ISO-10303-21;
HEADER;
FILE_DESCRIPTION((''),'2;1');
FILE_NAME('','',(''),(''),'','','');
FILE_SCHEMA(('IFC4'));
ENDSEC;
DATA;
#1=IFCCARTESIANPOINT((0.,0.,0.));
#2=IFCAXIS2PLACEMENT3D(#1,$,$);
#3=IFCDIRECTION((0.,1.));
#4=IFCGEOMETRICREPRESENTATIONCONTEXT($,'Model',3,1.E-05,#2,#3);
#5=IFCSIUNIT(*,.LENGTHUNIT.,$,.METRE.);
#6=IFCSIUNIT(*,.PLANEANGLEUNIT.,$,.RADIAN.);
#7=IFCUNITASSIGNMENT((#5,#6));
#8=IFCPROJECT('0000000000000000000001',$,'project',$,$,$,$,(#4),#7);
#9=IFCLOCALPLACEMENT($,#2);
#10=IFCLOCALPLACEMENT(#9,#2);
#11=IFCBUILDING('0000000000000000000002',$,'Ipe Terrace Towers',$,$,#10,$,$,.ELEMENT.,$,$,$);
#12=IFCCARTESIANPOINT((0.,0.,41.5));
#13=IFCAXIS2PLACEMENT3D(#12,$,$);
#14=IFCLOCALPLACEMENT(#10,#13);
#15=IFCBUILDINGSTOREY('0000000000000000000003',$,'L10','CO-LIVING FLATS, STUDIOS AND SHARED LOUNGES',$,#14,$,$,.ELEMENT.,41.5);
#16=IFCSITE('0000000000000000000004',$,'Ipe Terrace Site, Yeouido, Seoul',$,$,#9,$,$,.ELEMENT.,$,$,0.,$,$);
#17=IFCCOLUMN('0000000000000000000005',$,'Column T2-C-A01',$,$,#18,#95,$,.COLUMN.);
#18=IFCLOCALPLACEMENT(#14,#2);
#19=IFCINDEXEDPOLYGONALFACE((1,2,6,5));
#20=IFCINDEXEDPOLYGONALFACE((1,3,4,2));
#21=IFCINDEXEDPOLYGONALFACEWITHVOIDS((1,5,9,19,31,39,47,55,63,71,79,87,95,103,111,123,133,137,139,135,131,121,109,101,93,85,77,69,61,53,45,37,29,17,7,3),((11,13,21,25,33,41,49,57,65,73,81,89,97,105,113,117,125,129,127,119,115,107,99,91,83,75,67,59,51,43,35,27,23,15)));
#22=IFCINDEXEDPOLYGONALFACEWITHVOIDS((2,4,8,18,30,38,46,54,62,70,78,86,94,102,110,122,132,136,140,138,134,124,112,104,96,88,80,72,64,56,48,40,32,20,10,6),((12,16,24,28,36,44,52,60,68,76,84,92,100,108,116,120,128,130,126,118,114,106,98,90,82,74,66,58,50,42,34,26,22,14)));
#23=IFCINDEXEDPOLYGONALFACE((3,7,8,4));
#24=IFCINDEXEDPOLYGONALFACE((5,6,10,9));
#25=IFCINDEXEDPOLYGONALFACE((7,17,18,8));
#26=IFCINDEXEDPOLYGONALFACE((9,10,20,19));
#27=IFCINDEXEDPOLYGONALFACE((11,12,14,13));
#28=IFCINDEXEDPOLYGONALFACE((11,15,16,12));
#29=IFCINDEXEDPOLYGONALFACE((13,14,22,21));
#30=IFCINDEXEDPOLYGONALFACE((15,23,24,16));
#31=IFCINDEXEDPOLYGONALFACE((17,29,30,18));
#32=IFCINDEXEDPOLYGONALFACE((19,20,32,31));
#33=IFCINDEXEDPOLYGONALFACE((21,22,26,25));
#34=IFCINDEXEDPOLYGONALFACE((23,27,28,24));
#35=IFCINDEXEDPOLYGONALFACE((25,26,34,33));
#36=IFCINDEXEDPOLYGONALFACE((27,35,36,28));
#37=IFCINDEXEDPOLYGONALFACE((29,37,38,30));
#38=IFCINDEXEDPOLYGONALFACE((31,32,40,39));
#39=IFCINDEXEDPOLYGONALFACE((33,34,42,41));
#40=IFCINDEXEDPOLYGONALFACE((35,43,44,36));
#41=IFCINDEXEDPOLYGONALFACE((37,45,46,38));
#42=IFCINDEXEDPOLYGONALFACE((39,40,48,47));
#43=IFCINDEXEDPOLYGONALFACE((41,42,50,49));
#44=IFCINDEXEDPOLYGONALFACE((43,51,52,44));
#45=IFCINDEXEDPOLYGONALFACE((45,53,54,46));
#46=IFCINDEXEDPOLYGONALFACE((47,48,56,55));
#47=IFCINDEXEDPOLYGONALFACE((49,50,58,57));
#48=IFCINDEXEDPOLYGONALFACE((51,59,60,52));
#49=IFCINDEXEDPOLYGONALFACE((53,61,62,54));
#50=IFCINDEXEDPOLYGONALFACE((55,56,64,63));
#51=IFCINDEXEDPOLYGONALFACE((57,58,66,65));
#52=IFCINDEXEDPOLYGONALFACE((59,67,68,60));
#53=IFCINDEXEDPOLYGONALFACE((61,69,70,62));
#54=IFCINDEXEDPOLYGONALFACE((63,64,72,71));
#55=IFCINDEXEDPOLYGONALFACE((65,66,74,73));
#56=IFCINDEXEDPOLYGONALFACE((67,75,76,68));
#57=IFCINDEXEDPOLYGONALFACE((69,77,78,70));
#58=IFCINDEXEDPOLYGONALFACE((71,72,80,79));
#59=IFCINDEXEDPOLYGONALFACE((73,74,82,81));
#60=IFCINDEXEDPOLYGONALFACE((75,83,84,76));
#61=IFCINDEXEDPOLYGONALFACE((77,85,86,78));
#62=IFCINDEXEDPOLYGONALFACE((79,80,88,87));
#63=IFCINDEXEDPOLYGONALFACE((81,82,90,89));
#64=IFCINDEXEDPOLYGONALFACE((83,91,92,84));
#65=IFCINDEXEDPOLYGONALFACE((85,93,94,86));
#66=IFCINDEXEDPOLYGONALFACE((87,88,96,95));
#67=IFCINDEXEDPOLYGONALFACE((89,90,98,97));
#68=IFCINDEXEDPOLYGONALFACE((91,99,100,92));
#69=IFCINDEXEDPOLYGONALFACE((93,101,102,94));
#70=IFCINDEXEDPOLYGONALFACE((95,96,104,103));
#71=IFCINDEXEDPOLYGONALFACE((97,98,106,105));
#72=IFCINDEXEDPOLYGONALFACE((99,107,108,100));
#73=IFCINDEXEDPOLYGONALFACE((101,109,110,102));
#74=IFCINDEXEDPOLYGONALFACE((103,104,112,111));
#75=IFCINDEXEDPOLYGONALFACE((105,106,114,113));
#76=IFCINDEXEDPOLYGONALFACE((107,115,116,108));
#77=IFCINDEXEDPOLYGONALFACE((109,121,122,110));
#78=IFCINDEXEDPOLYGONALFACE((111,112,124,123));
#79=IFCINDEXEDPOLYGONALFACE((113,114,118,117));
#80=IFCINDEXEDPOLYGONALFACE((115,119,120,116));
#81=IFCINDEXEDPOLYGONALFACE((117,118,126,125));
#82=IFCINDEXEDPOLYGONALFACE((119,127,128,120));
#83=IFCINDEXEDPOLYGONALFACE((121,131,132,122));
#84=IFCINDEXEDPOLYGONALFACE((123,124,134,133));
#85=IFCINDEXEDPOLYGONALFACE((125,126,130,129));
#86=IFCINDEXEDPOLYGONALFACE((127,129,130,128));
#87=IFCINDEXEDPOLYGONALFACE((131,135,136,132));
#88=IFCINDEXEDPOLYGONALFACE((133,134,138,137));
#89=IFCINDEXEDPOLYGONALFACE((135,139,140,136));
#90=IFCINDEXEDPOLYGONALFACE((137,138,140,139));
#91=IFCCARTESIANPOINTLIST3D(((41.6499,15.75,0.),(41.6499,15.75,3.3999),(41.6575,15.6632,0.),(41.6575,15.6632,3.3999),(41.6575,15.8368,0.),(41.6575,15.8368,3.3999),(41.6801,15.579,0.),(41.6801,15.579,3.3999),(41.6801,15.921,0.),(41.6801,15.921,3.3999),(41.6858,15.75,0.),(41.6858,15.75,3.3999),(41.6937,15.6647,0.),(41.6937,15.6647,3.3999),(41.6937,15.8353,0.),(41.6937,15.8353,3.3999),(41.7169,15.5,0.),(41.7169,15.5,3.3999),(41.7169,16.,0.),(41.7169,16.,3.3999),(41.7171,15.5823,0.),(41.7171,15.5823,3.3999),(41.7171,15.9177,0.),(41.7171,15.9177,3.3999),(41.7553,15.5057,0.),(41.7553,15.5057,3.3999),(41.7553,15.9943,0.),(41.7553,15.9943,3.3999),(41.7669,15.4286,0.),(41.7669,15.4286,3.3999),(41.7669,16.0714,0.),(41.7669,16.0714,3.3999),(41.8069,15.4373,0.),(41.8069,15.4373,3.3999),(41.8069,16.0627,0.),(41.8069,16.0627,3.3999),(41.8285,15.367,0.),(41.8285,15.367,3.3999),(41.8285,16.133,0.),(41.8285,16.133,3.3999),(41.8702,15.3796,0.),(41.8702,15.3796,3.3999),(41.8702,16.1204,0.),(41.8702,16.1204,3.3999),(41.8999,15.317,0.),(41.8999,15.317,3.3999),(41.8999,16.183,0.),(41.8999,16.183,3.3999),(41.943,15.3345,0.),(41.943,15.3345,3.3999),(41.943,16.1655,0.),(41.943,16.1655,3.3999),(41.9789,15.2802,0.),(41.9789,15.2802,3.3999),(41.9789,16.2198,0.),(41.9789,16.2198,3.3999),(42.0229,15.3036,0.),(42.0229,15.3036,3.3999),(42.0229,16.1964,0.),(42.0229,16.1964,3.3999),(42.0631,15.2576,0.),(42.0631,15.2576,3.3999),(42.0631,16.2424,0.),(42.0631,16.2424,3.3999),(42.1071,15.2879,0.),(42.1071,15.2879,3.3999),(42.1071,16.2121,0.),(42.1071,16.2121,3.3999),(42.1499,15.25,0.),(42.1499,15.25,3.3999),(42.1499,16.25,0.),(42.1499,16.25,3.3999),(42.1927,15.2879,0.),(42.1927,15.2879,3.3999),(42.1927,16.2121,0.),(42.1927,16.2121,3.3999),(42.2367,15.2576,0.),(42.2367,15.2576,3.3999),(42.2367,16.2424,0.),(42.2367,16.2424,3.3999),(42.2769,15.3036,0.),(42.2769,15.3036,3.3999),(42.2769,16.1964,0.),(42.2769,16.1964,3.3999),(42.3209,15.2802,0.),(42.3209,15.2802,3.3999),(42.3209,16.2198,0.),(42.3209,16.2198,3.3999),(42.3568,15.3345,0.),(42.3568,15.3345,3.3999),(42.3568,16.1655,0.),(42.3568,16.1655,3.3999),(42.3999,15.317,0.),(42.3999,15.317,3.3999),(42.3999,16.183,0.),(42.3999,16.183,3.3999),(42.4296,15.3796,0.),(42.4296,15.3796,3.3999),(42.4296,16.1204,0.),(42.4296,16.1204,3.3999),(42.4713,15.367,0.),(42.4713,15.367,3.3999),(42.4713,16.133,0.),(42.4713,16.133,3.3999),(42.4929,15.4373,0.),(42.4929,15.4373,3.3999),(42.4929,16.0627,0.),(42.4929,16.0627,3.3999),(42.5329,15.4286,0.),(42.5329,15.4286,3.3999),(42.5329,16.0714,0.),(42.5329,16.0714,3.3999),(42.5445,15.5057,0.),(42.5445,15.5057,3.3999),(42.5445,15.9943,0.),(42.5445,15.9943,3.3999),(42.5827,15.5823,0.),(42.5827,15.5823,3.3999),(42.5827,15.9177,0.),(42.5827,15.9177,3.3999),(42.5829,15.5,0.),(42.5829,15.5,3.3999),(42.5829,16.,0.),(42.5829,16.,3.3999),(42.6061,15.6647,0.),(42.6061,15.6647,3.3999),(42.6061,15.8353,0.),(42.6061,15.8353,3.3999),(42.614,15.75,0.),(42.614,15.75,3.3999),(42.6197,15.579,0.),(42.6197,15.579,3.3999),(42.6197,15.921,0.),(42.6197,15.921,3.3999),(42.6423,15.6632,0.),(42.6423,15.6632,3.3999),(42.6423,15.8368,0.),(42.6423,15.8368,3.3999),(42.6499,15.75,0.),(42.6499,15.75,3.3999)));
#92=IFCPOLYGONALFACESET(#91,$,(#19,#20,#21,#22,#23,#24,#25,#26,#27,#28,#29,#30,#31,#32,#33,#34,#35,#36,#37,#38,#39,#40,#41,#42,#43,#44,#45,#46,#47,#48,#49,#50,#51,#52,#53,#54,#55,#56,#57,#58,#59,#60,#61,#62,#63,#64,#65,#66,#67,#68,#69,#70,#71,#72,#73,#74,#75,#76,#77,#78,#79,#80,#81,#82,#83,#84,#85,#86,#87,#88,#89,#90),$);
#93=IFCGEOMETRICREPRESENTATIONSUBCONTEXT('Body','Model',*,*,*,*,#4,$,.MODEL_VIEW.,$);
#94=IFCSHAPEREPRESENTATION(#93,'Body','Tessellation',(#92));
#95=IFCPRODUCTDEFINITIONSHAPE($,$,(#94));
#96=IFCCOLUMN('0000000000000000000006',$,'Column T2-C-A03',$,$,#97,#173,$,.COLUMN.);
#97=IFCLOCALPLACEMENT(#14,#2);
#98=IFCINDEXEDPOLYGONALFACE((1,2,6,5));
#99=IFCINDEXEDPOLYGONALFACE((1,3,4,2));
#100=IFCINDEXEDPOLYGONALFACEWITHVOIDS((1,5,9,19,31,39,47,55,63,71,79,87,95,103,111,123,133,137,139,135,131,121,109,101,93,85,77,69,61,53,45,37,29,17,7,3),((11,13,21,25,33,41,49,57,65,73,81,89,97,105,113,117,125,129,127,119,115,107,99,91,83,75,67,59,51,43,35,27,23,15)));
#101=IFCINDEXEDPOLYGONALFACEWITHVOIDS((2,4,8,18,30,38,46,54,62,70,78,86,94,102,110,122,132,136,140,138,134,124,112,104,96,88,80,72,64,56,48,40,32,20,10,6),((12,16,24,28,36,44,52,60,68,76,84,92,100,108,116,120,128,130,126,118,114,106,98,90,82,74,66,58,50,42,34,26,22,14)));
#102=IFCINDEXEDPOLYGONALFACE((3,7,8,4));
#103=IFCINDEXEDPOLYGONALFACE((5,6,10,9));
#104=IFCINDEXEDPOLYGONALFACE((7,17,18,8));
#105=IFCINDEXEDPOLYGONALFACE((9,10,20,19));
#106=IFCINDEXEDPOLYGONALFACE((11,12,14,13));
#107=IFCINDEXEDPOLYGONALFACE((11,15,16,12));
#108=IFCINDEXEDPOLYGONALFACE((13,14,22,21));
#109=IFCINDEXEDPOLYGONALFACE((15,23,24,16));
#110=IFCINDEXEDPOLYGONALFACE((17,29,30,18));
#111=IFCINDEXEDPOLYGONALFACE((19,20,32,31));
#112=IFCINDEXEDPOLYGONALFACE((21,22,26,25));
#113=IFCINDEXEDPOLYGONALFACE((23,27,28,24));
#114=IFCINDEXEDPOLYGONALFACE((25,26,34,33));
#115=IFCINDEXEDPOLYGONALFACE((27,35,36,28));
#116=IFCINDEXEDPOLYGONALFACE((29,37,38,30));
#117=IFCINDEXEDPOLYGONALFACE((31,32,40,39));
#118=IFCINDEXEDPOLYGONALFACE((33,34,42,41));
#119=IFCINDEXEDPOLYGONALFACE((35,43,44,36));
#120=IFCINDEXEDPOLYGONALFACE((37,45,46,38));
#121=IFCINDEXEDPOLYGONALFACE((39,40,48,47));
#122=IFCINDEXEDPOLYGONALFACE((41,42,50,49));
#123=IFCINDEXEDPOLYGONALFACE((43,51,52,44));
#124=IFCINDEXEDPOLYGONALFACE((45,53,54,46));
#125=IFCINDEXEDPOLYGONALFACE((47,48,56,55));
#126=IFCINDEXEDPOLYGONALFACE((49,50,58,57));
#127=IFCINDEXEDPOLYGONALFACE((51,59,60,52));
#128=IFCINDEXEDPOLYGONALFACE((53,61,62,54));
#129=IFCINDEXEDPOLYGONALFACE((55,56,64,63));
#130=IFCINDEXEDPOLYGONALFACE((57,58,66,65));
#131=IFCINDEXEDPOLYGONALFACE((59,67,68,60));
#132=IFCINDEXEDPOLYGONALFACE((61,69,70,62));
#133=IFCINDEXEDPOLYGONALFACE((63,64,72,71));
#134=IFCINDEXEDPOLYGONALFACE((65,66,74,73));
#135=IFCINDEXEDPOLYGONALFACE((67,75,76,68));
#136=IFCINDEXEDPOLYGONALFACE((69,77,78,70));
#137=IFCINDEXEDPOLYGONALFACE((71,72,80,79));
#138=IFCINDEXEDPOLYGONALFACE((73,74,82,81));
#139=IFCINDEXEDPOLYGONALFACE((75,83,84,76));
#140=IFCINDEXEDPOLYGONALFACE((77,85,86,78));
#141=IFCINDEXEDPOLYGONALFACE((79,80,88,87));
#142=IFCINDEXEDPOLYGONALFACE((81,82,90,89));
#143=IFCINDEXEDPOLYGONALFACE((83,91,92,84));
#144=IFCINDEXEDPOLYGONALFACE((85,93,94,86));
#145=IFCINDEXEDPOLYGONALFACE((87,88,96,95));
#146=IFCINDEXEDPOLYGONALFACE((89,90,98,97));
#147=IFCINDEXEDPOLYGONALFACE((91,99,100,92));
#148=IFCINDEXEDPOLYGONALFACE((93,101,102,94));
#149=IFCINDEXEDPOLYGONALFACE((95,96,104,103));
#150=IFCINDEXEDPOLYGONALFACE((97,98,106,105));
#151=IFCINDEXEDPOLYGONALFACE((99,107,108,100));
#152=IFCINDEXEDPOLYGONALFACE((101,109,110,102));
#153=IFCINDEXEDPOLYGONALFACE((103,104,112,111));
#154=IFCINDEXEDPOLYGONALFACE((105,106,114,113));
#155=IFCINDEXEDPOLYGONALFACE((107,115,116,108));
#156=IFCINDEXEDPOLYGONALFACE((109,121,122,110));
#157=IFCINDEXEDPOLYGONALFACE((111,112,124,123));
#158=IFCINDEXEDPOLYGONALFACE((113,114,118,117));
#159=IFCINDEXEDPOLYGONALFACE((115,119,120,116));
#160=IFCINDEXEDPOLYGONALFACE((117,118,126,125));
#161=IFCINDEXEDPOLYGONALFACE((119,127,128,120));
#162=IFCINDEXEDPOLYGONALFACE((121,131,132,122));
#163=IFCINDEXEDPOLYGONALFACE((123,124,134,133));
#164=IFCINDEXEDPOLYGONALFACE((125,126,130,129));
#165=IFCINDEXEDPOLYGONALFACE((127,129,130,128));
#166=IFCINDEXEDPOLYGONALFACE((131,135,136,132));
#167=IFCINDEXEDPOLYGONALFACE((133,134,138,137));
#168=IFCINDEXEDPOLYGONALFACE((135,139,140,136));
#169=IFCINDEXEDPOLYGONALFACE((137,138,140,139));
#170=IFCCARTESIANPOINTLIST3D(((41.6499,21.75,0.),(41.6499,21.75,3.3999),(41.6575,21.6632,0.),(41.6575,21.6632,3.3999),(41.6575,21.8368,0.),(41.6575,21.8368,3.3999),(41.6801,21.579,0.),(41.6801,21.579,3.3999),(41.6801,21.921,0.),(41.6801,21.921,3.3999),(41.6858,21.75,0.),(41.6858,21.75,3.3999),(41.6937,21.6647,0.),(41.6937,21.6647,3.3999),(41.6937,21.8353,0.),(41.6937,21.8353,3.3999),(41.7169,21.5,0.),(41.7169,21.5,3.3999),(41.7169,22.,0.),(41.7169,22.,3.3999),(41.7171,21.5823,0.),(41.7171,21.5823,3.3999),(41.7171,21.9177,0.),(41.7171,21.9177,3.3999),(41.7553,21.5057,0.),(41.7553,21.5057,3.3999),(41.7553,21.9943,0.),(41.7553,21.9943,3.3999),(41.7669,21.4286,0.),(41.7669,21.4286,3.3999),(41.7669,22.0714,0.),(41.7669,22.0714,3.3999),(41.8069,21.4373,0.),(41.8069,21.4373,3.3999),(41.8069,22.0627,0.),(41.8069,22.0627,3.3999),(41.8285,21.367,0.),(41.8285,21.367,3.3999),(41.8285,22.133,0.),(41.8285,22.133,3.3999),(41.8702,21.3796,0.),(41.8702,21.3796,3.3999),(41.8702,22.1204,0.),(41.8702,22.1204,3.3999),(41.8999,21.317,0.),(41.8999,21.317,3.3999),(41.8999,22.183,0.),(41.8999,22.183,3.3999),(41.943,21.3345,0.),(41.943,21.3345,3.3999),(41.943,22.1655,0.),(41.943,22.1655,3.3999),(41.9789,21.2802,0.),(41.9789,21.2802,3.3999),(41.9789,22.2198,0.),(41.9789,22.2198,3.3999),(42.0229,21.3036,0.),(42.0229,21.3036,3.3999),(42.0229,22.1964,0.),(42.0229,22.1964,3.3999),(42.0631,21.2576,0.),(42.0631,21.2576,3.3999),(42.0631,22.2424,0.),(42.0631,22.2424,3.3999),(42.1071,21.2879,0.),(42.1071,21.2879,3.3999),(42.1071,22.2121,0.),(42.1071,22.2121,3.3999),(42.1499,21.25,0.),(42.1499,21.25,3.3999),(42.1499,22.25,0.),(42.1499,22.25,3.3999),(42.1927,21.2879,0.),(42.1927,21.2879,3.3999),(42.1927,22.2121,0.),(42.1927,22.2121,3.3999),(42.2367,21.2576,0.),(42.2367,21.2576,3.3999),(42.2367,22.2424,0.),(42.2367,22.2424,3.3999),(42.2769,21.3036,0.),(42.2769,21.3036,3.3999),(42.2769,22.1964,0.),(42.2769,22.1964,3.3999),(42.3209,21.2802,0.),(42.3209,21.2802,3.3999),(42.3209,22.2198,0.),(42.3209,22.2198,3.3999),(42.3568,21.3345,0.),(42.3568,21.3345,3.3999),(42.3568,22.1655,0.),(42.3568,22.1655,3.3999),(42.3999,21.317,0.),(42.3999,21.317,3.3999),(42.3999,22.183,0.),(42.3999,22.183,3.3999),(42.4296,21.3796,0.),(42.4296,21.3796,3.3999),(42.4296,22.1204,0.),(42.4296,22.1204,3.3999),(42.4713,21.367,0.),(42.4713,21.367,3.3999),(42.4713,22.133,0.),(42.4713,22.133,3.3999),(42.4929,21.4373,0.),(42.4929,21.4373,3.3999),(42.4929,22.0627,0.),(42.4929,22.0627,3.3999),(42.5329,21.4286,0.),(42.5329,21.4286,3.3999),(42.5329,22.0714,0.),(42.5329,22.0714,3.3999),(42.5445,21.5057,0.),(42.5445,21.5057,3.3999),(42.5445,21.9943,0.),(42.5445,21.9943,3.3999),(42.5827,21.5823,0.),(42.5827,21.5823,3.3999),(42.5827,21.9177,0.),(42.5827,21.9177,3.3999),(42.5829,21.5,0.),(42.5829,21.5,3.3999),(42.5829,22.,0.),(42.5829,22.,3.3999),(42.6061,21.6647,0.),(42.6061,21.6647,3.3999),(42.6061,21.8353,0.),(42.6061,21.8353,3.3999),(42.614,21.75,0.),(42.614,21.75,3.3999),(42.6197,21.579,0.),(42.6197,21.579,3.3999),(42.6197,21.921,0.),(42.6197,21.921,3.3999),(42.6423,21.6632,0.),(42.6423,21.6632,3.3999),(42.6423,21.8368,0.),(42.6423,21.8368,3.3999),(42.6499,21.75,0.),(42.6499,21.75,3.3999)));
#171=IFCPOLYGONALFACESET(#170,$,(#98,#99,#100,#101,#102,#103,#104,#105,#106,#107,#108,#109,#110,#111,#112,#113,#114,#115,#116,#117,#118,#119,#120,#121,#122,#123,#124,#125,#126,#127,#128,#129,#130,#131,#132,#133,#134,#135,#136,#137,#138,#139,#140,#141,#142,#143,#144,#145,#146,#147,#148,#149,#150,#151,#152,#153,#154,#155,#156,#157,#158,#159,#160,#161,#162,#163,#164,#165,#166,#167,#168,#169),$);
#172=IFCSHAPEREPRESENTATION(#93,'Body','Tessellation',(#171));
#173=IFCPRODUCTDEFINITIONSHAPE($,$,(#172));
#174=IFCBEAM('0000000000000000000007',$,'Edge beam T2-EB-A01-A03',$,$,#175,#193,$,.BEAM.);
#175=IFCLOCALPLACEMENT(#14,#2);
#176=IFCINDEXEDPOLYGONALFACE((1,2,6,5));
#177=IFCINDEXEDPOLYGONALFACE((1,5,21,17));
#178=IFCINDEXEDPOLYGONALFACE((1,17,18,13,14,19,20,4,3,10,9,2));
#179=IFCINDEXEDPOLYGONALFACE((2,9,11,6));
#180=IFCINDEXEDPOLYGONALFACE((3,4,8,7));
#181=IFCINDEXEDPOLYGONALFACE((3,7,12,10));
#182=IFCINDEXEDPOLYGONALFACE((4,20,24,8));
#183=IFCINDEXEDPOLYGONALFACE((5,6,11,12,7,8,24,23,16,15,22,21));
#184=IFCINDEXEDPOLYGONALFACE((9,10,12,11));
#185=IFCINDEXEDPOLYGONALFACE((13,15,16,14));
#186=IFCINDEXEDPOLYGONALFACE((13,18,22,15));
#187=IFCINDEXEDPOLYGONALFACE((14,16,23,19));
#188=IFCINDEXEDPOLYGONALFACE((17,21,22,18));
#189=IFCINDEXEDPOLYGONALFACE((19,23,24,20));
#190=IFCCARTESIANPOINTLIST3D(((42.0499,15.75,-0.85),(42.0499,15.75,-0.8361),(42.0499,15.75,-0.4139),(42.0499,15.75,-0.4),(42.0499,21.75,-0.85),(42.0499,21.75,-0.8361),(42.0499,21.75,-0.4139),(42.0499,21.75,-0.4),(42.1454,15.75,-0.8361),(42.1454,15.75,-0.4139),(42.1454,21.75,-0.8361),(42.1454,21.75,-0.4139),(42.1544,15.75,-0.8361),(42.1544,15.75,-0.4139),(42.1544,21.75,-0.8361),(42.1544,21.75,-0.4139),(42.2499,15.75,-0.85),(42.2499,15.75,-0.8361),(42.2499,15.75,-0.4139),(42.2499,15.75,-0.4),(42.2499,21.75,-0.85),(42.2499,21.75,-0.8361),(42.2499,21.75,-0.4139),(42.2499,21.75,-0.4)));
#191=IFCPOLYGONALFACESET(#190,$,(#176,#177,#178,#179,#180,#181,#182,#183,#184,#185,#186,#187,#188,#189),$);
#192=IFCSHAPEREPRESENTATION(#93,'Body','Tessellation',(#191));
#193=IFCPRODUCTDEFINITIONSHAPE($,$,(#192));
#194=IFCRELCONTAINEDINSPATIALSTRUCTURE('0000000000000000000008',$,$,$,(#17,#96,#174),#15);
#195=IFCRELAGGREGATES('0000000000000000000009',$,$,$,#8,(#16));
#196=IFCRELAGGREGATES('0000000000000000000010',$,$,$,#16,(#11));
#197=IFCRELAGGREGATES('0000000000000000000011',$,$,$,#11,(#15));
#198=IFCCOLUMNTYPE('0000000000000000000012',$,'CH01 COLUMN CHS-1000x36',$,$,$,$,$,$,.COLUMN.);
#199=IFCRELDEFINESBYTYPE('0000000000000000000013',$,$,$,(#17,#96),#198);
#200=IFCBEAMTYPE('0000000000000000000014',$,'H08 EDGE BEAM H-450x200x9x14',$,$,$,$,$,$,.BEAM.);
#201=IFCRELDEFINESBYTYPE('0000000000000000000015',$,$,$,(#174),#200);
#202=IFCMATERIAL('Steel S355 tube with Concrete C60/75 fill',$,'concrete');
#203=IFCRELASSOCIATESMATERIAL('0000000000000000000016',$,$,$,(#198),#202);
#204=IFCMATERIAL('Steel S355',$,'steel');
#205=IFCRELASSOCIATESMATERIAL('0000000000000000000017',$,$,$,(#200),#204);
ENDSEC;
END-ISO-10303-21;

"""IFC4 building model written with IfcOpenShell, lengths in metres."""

from ifc_helpers import new_model, si_unit, direction, frame, origin, origin_2d, place, context, subcontext, project, spatial, hollow_circle, i_section, extrude, material, material_profile, profile_set, type_object, element, save


model = new_model("IFC4")

# Units and contexts
model_context = context("Model", 3, precision=1e-05, world=origin(), true_north=direction((0.0, 1.0)))
body_context = subcontext(model_context, "Body", "Model", "MODEL_VIEW")
ifc_project = project(units=[si_unit("LENGTHUNIT", "METRE"), si_unit("PLANEANGLEUNIT", "RADIAN")], contexts=[model_context])

# Site, building, storey
site_placement = place(None, origin())
site = spatial("IfcSite", under=ifc_project, at=site_placement, Name="Ipe Terrace Site, Yeouido, Seoul", CompositionType="ELEMENT", RefElevation=0.0)
building_placement = place(site_placement, origin())
building = spatial("IfcBuilding", under=site, at=building_placement, Name="Ipe Terrace Towers", CompositionType="ELEMENT")
storey_placement = place(building_placement, frame((0.0, 0.0, 41.5)))
storey = spatial("IfcBuildingStorey", under=building, at=storey_placement, Name="L10", Description="CO-LIVING FLATS, STUDIOS AND SHARED LOUNGES", CompositionType="ELEMENT", Elevation=41.5)

# Columns
ifc_material_1 = material(Name="Steel S355 tube with Concrete C60/75 fill", Category="concrete")
ifc_material_profile_1 = material_profile(ifc_material_1, hollow_circle(Radius=0.5, WallThickness=0.0359, at=origin_2d()), Name="CHS-1000x36")
ifc_profile_set_1 = profile_set([ifc_material_profile_1], Name="Steel S355 tube with Concrete C60/75 fill")
column_type = type_object("IfcColumnType", Name="CH01 COLUMN CHS-1000x36", PredefinedType="COLUMN", material=ifc_profile_set_1)
for number, where, z_axis, x_axis, name in (
    (1, (42.1499, 15.75, 0.0), (0.0, 0.0, 1.0), (1.0, 0.0, 0.0), "Column T2-C-A01"),
    (2, (42.1499, 21.75, 0.0), (0.0, 0.0, 1.0), (1.0, 0.0, 0.0), "Column T2-C-A03"),
):
    element("IfcColumn", number, at=place(storey_placement, frame(where, z_axis=z_axis, x_axis=x_axis)), inside=storey, type_object=column_type, Name=name, PredefinedType="COLUMN", context=body_context, shape_type="SweptSolid", body=[
        extrude(hollow_circle(Radius=0.5, WallThickness=0.0359, at=origin_2d()), origin(), (0.0, 0.0, 1.0), 3.3999),
    ])

# Beam
ifc_material_2 = material(Name="Steel S355", Category="steel")
ifc_material_profile_2 = material_profile(ifc_material_2, i_section(OverallWidth=0.2, OverallDepth=0.45, WebThickness=0.009, FlangeThickness=0.0139, at=origin_2d()), Name="H-450x200x9x14")
ifc_profile_set_2 = profile_set([ifc_material_profile_2], Name="Steel S355")
beam_type = type_object("IfcBeamType", Name="H08 EDGE BEAM H-450x200x9x14", PredefinedType="BEAM", material=ifc_profile_set_2)
beam_placement = place(storey_placement, frame((42.1499, 15.75, -0.625), z_axis=(0.0, 1.0, 0.0), x_axis=(-1.0, 0.0, 0.0)))
element("IfcBeam", 3, at=beam_placement, inside=storey, type_object=beam_type, Name="Edge beam T2-EB-A01-A03", PredefinedType="BEAM", context=body_context, shape_type="SweptSolid", body=[
    extrude(i_section(OverallWidth=0.2, OverallDepth=0.45, WebThickness=0.009, FlangeThickness=0.0139, at=origin_2d()), origin(), (0.0, 0.0, 1.0), 6.0),
])

save(model, "model.ifc")
